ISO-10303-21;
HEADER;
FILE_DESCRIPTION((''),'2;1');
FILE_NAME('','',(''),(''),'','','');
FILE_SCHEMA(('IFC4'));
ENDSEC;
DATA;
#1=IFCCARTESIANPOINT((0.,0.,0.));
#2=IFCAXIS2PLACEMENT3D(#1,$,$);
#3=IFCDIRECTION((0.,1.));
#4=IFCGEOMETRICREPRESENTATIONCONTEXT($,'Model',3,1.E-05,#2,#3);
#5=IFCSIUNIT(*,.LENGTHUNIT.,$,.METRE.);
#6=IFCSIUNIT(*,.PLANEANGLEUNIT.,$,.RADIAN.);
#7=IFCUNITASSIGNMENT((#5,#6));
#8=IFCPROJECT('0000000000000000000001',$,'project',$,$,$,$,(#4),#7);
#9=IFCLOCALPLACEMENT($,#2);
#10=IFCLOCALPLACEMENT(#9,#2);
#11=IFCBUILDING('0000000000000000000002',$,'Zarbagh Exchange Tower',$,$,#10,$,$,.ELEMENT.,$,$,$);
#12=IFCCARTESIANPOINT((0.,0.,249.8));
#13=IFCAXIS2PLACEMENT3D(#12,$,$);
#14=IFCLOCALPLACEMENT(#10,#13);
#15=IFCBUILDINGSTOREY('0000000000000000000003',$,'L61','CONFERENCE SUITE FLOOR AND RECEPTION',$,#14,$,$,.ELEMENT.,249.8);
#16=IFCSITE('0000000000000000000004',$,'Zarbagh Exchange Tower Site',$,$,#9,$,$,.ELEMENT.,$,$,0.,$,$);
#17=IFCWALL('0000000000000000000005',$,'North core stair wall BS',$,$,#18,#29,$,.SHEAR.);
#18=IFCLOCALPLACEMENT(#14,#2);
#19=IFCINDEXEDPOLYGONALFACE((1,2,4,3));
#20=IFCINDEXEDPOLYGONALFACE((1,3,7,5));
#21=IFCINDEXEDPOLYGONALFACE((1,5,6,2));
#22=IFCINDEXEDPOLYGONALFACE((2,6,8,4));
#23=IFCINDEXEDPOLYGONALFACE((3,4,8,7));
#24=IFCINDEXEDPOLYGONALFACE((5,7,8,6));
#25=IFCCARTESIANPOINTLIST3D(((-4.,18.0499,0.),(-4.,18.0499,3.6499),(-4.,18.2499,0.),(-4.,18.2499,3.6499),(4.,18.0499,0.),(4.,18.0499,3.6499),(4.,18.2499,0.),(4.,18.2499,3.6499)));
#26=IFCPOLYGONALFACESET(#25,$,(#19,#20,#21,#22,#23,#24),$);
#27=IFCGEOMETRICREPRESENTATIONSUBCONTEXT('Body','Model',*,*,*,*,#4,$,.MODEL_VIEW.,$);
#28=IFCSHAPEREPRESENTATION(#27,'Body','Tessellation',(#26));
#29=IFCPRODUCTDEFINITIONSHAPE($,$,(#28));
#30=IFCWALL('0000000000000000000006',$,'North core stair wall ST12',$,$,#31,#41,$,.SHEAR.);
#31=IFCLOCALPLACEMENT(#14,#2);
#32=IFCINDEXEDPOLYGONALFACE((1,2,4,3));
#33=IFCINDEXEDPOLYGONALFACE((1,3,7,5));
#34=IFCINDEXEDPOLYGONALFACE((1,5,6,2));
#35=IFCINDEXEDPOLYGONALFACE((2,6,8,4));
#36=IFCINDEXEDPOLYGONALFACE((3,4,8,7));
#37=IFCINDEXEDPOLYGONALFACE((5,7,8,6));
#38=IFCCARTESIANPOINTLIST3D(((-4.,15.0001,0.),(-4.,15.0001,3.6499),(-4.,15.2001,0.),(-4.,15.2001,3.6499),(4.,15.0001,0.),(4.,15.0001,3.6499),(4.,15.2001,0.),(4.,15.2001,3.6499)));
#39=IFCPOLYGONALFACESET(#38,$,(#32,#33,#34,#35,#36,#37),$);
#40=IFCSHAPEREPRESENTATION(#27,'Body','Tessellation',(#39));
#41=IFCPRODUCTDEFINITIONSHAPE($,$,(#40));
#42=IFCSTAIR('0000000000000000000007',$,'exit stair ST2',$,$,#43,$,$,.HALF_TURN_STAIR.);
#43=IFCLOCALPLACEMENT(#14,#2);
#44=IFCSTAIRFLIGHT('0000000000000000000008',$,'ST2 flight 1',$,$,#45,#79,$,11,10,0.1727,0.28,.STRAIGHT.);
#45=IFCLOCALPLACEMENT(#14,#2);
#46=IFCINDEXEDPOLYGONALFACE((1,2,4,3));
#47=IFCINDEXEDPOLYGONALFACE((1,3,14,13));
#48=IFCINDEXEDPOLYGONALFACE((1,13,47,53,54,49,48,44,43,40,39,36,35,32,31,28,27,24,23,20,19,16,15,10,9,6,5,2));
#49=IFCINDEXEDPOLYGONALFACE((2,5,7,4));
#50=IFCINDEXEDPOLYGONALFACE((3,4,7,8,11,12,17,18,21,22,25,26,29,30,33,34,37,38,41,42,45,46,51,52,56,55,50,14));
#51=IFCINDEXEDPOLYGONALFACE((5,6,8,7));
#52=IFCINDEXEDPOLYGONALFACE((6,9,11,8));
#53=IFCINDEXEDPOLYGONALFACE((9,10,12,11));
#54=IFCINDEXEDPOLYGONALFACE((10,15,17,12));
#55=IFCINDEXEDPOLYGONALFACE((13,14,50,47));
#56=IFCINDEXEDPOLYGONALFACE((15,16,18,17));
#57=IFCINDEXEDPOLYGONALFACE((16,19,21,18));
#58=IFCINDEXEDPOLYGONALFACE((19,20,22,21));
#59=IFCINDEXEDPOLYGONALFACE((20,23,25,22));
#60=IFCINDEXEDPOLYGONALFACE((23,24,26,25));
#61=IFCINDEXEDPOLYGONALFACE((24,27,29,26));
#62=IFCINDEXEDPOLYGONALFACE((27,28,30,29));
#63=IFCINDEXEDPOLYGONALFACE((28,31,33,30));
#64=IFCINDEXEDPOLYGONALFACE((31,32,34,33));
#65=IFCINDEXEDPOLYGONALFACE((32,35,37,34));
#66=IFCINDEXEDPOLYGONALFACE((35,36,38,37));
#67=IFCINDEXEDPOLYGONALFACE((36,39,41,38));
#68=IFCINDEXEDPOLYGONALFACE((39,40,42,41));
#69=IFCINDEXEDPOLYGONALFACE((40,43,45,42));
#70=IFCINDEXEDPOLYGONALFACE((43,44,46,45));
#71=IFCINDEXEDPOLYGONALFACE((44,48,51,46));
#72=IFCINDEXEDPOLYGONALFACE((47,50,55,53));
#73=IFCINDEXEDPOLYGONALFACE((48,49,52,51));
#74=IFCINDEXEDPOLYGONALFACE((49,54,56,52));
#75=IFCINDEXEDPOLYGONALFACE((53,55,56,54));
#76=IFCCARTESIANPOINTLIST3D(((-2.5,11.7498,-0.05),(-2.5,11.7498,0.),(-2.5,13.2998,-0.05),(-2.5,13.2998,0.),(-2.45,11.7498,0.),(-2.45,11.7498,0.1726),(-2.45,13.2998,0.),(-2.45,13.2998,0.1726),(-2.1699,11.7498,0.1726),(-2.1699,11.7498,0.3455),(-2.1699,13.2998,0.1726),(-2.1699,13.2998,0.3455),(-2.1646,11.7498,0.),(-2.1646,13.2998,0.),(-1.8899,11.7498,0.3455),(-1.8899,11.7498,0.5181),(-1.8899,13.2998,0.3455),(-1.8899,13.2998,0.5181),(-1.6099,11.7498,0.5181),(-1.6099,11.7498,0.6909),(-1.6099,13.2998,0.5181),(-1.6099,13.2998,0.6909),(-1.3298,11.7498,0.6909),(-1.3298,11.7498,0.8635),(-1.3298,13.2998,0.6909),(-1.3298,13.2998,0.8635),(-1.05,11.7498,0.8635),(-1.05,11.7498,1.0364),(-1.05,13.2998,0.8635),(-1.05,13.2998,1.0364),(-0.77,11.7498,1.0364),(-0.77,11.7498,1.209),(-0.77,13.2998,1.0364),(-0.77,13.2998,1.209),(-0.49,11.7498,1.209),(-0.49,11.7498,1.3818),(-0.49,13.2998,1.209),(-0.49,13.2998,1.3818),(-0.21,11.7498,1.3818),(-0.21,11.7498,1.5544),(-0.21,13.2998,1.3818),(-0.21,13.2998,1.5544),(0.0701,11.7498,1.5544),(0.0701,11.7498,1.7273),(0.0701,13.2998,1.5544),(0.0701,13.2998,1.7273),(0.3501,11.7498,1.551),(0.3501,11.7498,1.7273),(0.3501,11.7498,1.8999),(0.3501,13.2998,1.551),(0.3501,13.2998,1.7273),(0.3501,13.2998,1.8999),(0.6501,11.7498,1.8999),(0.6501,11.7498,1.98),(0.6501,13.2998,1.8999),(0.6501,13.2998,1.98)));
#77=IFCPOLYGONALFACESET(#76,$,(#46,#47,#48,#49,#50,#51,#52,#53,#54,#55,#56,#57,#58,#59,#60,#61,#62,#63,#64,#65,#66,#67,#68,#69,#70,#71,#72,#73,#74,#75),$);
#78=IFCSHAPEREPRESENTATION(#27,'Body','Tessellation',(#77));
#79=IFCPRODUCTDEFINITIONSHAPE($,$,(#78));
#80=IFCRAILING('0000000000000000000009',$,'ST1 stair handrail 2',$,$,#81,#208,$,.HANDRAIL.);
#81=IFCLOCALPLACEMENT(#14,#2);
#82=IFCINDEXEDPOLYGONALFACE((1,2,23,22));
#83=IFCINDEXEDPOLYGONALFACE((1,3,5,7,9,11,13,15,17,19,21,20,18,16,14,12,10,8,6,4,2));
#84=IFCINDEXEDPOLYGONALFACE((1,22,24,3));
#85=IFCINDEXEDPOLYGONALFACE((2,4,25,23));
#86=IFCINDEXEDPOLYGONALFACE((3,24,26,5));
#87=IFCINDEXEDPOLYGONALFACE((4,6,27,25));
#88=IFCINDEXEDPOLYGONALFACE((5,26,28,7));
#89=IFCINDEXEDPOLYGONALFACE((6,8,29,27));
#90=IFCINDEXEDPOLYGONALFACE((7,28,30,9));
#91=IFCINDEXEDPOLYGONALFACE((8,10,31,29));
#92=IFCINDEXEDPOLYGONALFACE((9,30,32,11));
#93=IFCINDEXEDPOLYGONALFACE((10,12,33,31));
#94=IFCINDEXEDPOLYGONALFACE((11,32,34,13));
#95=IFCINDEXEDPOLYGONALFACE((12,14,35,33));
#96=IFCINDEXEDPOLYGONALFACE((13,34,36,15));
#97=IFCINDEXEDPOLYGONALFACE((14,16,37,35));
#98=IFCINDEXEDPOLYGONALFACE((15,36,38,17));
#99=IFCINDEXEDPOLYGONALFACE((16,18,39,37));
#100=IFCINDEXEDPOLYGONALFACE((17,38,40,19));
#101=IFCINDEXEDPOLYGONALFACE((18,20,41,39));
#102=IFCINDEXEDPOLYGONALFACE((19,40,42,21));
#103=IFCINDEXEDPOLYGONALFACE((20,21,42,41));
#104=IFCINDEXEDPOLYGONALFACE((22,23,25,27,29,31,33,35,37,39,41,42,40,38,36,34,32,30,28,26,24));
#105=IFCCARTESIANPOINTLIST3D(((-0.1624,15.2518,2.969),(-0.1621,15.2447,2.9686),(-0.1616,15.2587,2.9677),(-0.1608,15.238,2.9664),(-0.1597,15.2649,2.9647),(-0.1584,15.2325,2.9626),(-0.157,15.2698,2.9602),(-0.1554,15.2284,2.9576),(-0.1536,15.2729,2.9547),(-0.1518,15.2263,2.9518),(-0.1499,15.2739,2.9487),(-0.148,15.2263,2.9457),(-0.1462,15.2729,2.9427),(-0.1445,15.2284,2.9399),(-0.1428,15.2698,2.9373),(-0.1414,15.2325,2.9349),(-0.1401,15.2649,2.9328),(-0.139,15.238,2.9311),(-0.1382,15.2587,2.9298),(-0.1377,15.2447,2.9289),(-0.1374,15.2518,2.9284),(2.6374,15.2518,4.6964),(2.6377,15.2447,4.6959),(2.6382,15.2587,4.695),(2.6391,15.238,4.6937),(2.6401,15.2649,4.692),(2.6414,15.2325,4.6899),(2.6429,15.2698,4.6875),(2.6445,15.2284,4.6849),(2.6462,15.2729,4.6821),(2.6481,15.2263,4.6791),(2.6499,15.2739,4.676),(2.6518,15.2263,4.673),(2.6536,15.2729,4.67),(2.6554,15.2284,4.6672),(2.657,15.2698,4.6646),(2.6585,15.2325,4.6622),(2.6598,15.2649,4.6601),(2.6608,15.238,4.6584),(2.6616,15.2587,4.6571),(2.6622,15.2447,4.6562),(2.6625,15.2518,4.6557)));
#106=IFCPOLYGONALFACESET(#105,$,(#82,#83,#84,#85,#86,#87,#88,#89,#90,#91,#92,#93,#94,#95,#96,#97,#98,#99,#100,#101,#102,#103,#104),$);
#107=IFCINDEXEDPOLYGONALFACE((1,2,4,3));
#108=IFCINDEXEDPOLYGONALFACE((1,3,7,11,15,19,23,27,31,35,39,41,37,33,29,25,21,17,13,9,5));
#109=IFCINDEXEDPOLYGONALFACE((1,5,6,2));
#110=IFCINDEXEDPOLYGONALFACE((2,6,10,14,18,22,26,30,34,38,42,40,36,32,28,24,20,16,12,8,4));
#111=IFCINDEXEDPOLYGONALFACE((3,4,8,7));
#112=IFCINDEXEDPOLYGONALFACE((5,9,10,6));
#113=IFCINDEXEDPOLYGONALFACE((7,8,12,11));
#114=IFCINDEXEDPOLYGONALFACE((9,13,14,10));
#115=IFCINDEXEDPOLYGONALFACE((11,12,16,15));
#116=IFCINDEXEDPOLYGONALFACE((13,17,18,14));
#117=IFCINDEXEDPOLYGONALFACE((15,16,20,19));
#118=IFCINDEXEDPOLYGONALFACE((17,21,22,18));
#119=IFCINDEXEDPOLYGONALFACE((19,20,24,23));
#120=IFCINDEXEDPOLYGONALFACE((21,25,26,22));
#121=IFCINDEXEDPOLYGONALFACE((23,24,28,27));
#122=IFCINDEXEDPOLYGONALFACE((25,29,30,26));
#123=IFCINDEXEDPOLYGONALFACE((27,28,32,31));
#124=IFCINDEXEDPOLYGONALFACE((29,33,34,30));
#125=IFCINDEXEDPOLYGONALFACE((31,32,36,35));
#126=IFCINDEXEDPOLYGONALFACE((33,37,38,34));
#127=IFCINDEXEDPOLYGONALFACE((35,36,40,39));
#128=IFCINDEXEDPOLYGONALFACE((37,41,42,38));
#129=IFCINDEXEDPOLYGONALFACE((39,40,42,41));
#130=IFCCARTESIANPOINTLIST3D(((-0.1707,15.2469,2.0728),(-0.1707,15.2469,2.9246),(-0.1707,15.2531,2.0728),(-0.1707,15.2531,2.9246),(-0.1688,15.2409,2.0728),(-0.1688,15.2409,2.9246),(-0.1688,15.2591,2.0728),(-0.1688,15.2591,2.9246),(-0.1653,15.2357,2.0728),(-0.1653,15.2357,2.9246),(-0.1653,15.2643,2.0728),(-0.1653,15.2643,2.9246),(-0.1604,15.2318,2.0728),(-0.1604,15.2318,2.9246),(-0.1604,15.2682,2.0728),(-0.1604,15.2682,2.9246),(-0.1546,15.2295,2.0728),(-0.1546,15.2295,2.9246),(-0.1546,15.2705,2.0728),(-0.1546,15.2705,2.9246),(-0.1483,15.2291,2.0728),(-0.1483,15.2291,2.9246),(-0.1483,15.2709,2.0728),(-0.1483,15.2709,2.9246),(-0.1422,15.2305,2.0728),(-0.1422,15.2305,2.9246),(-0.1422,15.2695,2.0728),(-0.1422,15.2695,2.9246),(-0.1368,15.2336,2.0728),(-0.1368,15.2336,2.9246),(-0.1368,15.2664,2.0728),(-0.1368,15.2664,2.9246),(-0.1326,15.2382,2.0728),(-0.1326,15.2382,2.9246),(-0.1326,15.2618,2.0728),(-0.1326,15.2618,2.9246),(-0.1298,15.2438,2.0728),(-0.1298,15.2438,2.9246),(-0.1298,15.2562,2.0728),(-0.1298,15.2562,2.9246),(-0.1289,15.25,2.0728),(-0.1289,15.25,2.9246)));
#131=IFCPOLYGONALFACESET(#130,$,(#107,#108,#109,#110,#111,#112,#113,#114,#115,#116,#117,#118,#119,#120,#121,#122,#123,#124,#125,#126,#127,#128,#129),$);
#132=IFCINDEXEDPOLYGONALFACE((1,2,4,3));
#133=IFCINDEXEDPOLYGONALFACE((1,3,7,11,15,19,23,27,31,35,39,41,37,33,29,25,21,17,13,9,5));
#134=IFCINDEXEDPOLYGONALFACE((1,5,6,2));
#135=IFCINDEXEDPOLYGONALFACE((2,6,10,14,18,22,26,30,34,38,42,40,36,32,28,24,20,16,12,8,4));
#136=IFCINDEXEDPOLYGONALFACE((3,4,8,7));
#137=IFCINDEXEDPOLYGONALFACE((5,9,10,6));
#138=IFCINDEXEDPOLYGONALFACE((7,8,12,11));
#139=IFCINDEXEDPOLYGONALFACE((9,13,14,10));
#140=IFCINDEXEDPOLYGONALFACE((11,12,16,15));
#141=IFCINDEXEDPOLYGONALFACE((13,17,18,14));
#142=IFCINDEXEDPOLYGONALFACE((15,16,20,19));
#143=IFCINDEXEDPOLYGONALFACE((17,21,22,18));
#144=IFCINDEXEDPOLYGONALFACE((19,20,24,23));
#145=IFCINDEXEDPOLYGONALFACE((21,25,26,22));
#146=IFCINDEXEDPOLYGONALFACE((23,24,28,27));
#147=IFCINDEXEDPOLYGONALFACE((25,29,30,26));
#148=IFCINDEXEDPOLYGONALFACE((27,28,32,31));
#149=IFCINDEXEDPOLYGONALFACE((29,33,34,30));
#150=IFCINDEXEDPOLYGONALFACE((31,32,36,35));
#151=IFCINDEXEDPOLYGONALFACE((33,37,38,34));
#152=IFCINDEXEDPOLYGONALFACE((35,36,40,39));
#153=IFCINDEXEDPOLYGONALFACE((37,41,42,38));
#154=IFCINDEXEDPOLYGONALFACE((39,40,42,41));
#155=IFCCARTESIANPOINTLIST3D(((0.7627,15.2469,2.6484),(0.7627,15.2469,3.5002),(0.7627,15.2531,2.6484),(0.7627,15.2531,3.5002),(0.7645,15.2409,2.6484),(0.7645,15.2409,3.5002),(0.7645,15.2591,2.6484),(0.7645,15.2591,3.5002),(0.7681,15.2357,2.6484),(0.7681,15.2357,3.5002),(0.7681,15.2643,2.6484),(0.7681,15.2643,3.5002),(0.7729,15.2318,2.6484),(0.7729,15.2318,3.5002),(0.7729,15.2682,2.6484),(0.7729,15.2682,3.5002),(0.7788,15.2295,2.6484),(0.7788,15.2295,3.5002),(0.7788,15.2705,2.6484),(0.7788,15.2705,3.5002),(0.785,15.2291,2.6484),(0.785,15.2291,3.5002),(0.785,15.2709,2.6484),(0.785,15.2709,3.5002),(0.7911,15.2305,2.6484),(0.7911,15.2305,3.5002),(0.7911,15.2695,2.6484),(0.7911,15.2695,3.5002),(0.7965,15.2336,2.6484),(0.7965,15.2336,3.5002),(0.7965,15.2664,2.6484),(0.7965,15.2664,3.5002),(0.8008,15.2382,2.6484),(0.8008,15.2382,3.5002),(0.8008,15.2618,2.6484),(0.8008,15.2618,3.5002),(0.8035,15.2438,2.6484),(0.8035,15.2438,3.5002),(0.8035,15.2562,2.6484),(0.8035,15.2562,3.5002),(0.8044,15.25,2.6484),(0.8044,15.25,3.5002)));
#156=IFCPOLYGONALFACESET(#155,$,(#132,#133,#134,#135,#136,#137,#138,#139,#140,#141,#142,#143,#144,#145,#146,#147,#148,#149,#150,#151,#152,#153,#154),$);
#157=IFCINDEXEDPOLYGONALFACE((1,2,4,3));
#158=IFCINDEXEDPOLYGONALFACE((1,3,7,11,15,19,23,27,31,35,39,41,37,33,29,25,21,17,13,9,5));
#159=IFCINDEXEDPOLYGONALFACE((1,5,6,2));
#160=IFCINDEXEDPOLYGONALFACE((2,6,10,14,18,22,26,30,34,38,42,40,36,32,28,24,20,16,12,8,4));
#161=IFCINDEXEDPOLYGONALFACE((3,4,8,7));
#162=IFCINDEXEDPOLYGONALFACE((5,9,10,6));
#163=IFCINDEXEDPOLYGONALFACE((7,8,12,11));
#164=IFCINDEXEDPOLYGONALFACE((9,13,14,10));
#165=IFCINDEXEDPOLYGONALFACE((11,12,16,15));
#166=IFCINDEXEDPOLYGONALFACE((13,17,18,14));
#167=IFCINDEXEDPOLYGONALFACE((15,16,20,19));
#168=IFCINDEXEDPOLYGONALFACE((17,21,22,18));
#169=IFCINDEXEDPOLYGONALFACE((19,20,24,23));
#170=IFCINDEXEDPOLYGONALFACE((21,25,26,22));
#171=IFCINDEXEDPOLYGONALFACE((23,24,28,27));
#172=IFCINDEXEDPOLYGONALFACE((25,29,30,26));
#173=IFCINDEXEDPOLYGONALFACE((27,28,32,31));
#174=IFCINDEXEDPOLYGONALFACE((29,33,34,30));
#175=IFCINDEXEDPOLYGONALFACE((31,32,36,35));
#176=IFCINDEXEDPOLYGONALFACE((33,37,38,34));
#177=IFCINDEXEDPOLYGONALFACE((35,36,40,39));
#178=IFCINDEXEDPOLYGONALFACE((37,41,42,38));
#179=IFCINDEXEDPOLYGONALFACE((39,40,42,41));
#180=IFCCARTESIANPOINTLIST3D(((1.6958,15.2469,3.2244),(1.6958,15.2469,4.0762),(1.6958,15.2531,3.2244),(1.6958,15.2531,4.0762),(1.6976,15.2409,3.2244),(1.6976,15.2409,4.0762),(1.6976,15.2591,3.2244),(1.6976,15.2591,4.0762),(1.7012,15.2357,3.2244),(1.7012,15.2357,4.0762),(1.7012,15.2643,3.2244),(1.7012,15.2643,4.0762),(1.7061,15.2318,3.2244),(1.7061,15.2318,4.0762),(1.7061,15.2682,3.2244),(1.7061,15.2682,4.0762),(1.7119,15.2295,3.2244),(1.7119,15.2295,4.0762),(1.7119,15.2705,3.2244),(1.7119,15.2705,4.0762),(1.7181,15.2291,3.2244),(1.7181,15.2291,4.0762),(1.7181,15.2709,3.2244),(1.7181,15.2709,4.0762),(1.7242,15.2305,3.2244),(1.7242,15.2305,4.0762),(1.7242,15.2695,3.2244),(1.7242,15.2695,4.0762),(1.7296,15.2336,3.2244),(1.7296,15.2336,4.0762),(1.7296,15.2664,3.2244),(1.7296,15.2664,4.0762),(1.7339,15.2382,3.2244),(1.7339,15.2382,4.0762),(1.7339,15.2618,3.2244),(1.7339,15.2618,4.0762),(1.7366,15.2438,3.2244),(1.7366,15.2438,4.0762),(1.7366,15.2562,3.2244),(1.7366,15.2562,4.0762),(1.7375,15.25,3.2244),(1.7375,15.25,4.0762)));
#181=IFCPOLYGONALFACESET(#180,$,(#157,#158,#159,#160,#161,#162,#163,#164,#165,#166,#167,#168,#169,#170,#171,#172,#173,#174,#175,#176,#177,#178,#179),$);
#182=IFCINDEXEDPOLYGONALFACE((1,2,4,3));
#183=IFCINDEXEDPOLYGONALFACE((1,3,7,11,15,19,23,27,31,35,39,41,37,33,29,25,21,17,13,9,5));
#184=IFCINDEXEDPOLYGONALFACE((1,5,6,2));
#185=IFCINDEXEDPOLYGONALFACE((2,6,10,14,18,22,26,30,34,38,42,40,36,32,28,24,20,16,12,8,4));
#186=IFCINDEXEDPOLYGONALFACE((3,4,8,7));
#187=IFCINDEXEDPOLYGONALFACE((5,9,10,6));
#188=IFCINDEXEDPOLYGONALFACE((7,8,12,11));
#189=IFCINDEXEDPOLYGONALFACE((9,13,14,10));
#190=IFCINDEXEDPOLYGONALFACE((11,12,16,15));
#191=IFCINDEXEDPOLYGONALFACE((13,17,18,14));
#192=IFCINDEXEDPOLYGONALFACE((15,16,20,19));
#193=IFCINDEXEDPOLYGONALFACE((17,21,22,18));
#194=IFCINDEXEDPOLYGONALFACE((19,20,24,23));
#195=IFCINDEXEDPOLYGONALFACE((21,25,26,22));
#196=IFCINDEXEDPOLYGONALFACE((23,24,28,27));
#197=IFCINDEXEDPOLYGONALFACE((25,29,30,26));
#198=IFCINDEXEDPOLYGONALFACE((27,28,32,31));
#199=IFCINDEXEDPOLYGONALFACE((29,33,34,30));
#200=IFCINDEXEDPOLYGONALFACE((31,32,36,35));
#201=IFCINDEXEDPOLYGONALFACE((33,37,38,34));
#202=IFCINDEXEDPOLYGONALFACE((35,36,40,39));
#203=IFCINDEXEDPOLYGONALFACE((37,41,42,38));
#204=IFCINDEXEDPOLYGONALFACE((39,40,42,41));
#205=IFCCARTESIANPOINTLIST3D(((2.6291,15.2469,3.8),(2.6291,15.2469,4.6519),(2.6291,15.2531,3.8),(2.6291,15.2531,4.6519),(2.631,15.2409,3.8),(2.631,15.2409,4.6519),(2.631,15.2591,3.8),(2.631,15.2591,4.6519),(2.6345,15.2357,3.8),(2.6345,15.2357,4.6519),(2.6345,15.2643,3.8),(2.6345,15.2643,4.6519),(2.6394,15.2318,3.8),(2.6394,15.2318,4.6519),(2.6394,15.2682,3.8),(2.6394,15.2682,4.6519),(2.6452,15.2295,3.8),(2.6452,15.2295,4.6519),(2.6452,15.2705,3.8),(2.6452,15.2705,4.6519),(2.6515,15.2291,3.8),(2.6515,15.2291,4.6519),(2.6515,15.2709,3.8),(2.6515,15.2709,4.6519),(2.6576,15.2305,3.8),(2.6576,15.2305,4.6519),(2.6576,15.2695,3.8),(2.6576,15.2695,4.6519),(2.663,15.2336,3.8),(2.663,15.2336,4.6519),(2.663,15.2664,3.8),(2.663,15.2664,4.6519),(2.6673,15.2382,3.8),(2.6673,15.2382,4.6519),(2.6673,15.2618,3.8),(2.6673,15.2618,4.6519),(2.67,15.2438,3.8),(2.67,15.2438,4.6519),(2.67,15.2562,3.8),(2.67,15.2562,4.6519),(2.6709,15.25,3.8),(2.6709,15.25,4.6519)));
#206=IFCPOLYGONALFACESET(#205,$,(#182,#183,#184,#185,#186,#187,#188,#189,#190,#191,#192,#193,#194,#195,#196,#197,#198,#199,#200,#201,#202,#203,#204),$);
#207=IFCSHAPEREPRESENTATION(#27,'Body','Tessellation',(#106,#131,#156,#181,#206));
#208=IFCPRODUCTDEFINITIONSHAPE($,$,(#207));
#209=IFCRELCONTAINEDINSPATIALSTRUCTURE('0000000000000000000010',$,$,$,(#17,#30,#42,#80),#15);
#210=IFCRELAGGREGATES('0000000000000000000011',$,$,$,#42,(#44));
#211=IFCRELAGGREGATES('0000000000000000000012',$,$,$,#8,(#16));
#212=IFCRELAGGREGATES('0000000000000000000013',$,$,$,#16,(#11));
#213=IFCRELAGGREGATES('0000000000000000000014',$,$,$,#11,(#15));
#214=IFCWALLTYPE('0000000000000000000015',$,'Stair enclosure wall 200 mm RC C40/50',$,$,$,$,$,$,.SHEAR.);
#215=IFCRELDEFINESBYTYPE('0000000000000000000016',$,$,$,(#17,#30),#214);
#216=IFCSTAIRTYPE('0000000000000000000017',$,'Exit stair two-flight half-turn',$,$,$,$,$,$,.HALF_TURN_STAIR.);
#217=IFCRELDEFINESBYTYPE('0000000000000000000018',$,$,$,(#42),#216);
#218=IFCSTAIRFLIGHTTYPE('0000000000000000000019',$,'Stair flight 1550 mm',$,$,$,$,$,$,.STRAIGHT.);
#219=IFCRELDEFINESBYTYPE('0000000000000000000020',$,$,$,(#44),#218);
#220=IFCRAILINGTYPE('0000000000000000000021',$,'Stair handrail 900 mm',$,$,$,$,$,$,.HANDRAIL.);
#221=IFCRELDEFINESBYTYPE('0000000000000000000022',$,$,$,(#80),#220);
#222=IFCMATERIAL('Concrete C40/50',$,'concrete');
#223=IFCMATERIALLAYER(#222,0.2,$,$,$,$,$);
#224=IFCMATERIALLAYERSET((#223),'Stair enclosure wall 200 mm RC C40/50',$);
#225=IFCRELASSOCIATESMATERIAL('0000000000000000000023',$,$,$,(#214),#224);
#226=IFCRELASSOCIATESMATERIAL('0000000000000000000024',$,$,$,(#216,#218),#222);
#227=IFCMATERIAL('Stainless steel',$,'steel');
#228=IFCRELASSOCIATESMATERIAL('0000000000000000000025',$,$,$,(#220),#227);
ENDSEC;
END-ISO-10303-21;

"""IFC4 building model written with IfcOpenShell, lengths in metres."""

from ifc_helpers import new_model, si_unit, direction, frame, frame_2d, origin, origin_2d, place, context, subcontext, project, spatial, polyline, rectangle, circle, outline, extrude, material, layer, layer_set, type_object, element, aggregate, save


model = new_model("IFC4")

# Units and contexts
model_context = context("Model", 3, precision=1e-05, world=origin(), true_north=direction((0.0, 1.0)))
body_context = subcontext(model_context, "Body", "Model", "MODEL_VIEW")
ifc_project = project(units=[si_unit("LENGTHUNIT", "METRE"), si_unit("PLANEANGLEUNIT", "RADIAN")], contexts=[model_context])

# Site, building, storey
site_placement = place(None, origin())
site = spatial("IfcSite", under=ifc_project, at=site_placement, Name="Zarbagh Exchange Tower Site", CompositionType="ELEMENT", RefElevation=0.0)
building_placement = place(site_placement, origin())
building = spatial("IfcBuilding", under=site, at=building_placement, Name="Zarbagh Exchange Tower", CompositionType="ELEMENT")
storey_placement = place(building_placement, frame((0.0, 0.0, 249.8)))
storey = spatial("IfcBuildingStorey", under=building, at=storey_placement, Name="L61", Description="CONFERENCE SUITE FLOOR AND RECEPTION", CompositionType="ELEMENT", Elevation=249.8)

# Shared definitions
ifc_material_1 = material(Name="Concrete C40/50", Category="concrete")

# Walls
ifc_layer_1 = layer(ifc_material_1, 0.2)
ifc_layer_set_1 = layer_set([ifc_layer_1], Name="Stair enclosure wall 200 mm RC C40/50")
wall_type_1 = type_object("IfcWallType", Name="Stair enclosure wall 200 mm RC C40/50", PredefinedType="SHEAR", material=ifc_layer_set_1)
for number, where, z_axis, x_axis, name in (
    (1, (-4.0, 18.1499, 0.0), (0.0, 0.0, 1.0), (1.0, 0.0, 0.0), "North core stair wall BS"),
    (2, (-4.0, 15.1001, 0.0), (0.0, 0.0, 1.0), (1.0, 0.0, 0.0), "North core stair wall ST12"),
):
    element("IfcWall", number, at=place(storey_placement, frame(where, z_axis=z_axis, x_axis=x_axis)), inside=storey, type_object=wall_type_1, Name=name, PredefinedType="SHEAR", context=body_context, shape_type="SweptSolid", body=[
        extrude(rectangle(XDim=8.0, YDim=0.2, at=frame_2d((4.0, 0.0))), origin(), (0.0, 0.0, 1.0), 3.6499),
    ])

# Stair, stair flight
stair_type = type_object("IfcStairType", Name="Exit stair two-flight half-turn", PredefinedType="HALF_TURN_STAIR", material=ifc_material_1)
stair_placement = place(storey_placement, origin())
stair = element("IfcStair", 3, at=stair_placement, inside=storey, type_object=stair_type, Name="exit stair ST2", PredefinedType="HALF_TURN_STAIR")
stair_flight_type = type_object("IfcStairFlightType", Name="Stair flight 1550 mm", PredefinedType="STRAIGHT", material=ifc_material_1)
stair_flight_placement = place(storey_placement, frame((-2.45, 12.5249, 0.0), z_axis=(0.0, 0.0, 1.0), x_axis=(1.0, 0.0, 0.0)))
stair_flight = element("IfcStairFlight", 4, at=stair_flight_placement, type_object=stair_flight_type, Name="ST2 flight 1", NumberOfRisers=11, NumberOfTreads=10, PredefinedType="STRAIGHT", RiserHeight=0.1727, TreadLength=0.28, context=body_context, shape_type="SweptSolid", body=[
    extrude(outline(polyline([(-0.05, -0.05), (-0.05, 0.0), (0.0, 0.0), (0.0, 0.1726), (0.28, 0.1726), (0.28, 0.3455), (0.5601, 0.3455), (0.5601, 0.5181), (0.8401, 0.5181), (0.8401, 0.6909), (1.1201, 0.6909), (1.1201, 0.8635), (1.3999, 0.8635), (1.3999, 1.0364), (1.6799, 1.0364), (1.6799, 1.209), (1.96, 1.209), (1.96, 1.3818), (2.24, 1.3818), (2.24, 1.5544), (2.52, 1.5544), (2.52, 1.7273), (2.8, 1.7273), (2.8, 1.8999), (3.1001, 1.98), (3.1001, 1.8999), (2.8, 1.551), (0.2854, 0.0), (-0.05, -0.05)])), frame((0.0, 0.7749, 0.0), z_axis=(0.0, -1.0, 0.0), x_axis=(1.0, 0.0, 0.0)), (0.0, 0.0, 1.0), 1.55),
])
aggregate(stair, [stair_flight])

# Railing
ifc_material_2 = material(Name="Stainless steel", Category="steel")
railing_type = type_object("IfcRailingType", Name="Stair handrail 900 mm", PredefinedType="HANDRAIL", material=ifc_material_2)
railing_1_placement = place(storey_placement, frame((-0.1499, 15.25, 2.0728)))
element("IfcRailing", 5, at=railing_1_placement, inside=storey, type_object=railing_type, Name="ST1 stair handrail 2", PredefinedType="HANDRAIL", context=body_context, shape_type="SweptSolid", body=[
    extrude(circle(Radius=0.0239, at=origin_2d()), frame((0.0, 0.0, 0.876), z_axis=(0.851069, 0.0, 0.525054), x_axis=(0.0, 1.0, 0.0)), (0.0, 0.0, 1.0), 3.2898),
    extrude(circle(Radius=0.021, at=origin_2d()), origin(), (0.0, 0.0, 1.0), 0.8518),
    extrude(circle(Radius=0.021, at=origin_2d()), frame((0.9333, 0.0, 0.5757)), (0.0, 0.0, 1.0), 0.8518),
    extrude(circle(Radius=0.021, at=origin_2d()), frame((1.8665, 0.0, 1.1516)), (0.0, 0.0, 1.0), 0.8518),
    extrude(circle(Radius=0.021, at=origin_2d()), frame((2.7998, 0.0, 1.7273)), (0.0, 0.0, 1.0), 0.8518),
])

save(model, "model.ifc")
